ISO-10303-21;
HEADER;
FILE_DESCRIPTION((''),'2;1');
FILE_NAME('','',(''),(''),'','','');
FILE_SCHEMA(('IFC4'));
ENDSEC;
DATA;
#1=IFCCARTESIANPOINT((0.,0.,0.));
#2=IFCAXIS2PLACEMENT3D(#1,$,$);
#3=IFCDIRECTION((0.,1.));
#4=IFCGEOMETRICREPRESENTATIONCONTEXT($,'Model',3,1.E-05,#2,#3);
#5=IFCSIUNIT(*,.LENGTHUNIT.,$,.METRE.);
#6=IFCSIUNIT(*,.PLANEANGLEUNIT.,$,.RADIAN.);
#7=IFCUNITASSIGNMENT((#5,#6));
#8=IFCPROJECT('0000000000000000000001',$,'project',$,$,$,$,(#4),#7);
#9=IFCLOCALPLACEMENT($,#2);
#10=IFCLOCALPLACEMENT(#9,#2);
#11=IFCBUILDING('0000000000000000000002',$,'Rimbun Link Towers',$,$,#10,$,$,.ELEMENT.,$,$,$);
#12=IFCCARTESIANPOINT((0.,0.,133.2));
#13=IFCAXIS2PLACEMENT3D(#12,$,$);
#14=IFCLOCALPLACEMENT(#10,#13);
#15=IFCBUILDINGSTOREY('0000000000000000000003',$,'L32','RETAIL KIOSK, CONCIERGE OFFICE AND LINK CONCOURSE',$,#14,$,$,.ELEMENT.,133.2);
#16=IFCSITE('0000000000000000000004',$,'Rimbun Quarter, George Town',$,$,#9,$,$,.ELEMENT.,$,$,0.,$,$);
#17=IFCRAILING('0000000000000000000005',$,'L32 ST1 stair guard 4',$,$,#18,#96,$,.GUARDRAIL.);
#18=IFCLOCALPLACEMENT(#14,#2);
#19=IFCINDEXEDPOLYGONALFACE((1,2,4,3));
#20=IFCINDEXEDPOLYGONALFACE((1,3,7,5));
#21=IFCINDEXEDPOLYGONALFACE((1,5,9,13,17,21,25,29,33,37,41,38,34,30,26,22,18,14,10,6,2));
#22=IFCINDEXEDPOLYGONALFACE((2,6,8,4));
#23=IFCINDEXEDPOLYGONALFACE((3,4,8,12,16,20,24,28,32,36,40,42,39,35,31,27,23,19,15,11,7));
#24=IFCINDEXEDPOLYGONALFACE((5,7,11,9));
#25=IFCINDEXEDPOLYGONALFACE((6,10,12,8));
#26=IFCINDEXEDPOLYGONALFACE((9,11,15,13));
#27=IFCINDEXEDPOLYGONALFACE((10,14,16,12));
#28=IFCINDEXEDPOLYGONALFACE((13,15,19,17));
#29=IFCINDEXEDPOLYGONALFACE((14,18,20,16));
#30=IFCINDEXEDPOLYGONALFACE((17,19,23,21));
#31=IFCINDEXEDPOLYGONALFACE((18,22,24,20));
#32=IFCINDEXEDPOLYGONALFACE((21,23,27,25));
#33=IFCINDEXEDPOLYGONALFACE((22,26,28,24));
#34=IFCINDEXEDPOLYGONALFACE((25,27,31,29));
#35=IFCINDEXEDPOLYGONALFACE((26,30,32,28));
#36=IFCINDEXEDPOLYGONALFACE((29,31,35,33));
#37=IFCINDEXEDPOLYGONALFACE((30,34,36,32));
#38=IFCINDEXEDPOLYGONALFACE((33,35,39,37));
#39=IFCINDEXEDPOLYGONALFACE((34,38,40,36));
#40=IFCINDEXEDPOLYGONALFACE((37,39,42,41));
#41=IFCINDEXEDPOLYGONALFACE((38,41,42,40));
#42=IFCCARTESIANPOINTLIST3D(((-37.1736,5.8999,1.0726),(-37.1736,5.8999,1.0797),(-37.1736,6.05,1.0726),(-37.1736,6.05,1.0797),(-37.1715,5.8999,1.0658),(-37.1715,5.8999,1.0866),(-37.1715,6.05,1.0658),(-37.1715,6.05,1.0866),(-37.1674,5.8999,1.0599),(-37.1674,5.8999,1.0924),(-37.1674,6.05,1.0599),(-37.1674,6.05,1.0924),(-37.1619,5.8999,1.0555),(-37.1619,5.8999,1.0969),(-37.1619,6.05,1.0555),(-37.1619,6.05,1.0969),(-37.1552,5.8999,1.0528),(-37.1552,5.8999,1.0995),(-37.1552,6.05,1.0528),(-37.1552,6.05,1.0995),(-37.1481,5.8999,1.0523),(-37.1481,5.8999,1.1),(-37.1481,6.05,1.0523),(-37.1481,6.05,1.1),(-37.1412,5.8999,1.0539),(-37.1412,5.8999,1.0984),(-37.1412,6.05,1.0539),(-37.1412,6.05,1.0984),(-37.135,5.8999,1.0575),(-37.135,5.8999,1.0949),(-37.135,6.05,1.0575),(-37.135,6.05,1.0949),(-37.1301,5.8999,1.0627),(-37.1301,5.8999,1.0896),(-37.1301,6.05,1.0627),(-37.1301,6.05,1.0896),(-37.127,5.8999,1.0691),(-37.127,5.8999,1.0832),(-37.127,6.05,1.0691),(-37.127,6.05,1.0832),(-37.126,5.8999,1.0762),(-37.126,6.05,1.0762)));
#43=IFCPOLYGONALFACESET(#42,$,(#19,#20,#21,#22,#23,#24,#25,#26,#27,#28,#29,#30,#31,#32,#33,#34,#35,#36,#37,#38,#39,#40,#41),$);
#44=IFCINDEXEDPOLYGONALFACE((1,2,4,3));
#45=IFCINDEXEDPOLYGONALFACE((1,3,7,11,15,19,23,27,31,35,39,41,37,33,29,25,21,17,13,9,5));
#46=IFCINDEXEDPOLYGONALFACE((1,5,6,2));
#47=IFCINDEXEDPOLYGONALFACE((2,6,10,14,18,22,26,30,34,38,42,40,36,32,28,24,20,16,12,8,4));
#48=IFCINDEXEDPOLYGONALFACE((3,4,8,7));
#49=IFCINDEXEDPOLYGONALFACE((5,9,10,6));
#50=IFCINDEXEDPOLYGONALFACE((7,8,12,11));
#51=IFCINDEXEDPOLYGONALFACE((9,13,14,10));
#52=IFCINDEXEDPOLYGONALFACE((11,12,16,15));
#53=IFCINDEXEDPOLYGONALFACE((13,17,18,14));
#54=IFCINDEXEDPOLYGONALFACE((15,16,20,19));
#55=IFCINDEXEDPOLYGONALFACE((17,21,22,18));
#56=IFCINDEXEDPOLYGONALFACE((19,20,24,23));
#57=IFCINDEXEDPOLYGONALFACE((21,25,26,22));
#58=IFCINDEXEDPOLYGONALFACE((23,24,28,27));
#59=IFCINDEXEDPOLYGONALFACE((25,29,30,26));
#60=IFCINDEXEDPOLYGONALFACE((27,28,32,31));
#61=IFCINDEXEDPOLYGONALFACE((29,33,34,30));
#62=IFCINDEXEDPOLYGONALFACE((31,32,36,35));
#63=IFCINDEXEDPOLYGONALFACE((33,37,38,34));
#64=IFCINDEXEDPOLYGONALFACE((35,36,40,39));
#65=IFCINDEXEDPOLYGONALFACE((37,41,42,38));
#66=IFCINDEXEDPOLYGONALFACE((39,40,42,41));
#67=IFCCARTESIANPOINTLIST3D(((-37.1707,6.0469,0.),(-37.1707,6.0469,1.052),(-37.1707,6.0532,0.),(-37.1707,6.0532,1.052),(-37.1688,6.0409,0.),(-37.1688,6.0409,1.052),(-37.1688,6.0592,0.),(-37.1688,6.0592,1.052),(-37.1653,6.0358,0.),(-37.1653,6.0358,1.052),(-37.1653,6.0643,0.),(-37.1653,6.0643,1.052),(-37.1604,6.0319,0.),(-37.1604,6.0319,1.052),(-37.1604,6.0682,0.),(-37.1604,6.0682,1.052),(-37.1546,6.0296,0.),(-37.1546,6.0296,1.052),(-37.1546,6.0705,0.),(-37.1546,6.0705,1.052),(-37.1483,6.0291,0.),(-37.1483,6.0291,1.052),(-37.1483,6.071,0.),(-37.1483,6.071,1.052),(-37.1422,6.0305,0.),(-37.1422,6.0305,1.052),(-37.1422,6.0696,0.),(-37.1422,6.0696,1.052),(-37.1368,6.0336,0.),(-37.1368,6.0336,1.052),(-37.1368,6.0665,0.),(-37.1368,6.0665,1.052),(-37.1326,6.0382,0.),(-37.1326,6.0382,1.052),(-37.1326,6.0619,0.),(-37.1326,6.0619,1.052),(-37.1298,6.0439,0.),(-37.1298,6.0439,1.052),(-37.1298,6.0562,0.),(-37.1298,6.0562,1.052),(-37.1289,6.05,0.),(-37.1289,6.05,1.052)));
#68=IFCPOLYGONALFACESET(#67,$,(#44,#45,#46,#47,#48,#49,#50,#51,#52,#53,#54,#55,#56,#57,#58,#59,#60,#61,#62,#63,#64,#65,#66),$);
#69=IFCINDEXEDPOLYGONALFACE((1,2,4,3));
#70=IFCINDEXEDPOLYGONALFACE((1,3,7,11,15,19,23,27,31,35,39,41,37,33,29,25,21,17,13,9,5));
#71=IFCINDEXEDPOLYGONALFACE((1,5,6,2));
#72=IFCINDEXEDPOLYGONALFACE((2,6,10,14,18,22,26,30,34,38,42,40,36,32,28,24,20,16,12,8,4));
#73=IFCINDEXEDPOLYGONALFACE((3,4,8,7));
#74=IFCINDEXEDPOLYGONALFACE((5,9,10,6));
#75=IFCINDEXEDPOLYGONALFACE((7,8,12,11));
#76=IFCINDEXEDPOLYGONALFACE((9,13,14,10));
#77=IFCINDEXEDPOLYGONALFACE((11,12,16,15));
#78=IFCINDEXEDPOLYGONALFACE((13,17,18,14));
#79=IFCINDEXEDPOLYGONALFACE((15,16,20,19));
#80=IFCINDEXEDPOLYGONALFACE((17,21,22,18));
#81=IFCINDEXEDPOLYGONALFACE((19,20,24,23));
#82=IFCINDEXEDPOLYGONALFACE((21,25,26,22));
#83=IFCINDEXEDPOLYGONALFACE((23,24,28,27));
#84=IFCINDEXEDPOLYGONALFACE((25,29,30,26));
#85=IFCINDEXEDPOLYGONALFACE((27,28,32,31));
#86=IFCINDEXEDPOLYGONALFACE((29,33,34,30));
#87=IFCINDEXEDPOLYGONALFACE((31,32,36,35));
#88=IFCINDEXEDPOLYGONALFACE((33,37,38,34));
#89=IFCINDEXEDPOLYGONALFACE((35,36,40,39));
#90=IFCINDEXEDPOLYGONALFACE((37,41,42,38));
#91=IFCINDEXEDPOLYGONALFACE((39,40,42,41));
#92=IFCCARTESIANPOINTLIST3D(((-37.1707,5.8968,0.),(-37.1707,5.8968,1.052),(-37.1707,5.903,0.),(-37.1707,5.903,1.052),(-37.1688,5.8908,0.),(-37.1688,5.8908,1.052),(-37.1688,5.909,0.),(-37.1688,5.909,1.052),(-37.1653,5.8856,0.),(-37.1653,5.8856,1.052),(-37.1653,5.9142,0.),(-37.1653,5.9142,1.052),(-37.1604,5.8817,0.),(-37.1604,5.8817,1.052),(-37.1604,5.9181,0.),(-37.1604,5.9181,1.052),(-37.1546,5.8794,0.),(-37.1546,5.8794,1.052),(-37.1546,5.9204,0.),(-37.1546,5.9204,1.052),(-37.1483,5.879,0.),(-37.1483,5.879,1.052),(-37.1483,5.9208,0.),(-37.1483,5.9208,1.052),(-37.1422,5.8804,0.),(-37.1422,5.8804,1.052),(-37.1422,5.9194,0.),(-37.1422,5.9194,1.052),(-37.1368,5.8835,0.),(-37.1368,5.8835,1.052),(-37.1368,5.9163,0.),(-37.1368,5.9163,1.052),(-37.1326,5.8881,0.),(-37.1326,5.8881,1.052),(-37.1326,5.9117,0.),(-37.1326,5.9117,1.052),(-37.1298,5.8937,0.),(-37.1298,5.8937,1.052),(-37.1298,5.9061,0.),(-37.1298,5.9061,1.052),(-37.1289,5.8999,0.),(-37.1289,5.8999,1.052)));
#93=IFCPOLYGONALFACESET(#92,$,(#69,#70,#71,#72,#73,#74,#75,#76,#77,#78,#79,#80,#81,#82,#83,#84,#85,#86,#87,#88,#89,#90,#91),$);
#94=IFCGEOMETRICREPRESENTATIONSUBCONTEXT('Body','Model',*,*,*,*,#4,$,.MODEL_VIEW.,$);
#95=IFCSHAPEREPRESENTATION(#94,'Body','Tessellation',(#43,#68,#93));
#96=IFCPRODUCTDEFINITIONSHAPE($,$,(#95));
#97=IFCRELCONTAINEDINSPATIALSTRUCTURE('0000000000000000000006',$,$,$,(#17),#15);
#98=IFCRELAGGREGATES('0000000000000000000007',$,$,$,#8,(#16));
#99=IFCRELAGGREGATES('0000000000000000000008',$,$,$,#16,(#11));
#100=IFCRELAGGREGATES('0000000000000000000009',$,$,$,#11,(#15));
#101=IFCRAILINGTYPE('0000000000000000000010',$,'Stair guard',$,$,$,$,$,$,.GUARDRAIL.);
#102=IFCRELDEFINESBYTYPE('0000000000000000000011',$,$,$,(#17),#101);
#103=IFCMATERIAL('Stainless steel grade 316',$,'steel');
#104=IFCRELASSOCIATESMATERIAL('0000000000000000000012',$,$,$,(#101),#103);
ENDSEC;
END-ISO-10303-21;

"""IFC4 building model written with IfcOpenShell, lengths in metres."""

from ifc_helpers import new_model, si_unit, direction, frame, origin, origin_2d, place, context, subcontext, project, spatial, circle, extrude, material, type_object, element, save


model = new_model("IFC4")

# Units and contexts
model_context = context("Model", 3, precision=1e-05, world=origin(), true_north=direction((0.0, 1.0)))
body_context = subcontext(model_context, "Body", "Model", "MODEL_VIEW")
ifc_project = project(units=[si_unit("LENGTHUNIT", "METRE"), si_unit("PLANEANGLEUNIT", "RADIAN")], contexts=[model_context])

# Site, building, storey
site_placement = place(None, origin())
site = spatial("IfcSite", under=ifc_project, at=site_placement, Name="Rimbun Quarter, George Town", CompositionType="ELEMENT", RefElevation=0.0)
building_placement = place(site_placement, origin())
building = spatial("IfcBuilding", under=site, at=building_placement, Name="Rimbun Link Towers", CompositionType="ELEMENT")
storey_placement = place(building_placement, frame((0.0, 0.0, 133.2)))
storey = spatial("IfcBuildingStorey", under=building, at=storey_placement, Name="L32", Description="RETAIL KIOSK, CONCIERGE OFFICE AND LINK CONCOURSE", CompositionType="ELEMENT", Elevation=133.2)

# Railing
ifc_material_1 = material(Name="Stainless steel grade 316", Category="steel")
railing_type_1 = type_object("IfcRailingType", Name="Stair guard", PredefinedType="GUARDRAIL", material=ifc_material_1)
railing_1_placement = place(storey_placement, frame((-37.1499, 6.05, 0.0)))
element("IfcRailing", 1, at=railing_1_placement, inside=storey, type_object=railing_type_1, Name="L32 ST1 stair guard 4", PredefinedType="GUARDRAIL", context=body_context, shape_type="SweptSolid", body=[
    extrude(circle(Radius=0.0239, at=origin_2d()), frame((0.0, 0.0, 1.0762), z_axis=(0.0, -1.0, 0.0), x_axis=(1.0, 0.0, 0.0)), (0.0, 0.0, 1.0), 0.1501),
    extrude(circle(Radius=0.021, at=origin_2d()), origin(), (0.0, 0.0, 1.0), 1.052),
    extrude(circle(Radius=0.021, at=origin_2d()), frame((0.0, -0.1501, 0.0)), (0.0, 0.0, 1.0), 1.052),
])

save(model, "model.ifc")
